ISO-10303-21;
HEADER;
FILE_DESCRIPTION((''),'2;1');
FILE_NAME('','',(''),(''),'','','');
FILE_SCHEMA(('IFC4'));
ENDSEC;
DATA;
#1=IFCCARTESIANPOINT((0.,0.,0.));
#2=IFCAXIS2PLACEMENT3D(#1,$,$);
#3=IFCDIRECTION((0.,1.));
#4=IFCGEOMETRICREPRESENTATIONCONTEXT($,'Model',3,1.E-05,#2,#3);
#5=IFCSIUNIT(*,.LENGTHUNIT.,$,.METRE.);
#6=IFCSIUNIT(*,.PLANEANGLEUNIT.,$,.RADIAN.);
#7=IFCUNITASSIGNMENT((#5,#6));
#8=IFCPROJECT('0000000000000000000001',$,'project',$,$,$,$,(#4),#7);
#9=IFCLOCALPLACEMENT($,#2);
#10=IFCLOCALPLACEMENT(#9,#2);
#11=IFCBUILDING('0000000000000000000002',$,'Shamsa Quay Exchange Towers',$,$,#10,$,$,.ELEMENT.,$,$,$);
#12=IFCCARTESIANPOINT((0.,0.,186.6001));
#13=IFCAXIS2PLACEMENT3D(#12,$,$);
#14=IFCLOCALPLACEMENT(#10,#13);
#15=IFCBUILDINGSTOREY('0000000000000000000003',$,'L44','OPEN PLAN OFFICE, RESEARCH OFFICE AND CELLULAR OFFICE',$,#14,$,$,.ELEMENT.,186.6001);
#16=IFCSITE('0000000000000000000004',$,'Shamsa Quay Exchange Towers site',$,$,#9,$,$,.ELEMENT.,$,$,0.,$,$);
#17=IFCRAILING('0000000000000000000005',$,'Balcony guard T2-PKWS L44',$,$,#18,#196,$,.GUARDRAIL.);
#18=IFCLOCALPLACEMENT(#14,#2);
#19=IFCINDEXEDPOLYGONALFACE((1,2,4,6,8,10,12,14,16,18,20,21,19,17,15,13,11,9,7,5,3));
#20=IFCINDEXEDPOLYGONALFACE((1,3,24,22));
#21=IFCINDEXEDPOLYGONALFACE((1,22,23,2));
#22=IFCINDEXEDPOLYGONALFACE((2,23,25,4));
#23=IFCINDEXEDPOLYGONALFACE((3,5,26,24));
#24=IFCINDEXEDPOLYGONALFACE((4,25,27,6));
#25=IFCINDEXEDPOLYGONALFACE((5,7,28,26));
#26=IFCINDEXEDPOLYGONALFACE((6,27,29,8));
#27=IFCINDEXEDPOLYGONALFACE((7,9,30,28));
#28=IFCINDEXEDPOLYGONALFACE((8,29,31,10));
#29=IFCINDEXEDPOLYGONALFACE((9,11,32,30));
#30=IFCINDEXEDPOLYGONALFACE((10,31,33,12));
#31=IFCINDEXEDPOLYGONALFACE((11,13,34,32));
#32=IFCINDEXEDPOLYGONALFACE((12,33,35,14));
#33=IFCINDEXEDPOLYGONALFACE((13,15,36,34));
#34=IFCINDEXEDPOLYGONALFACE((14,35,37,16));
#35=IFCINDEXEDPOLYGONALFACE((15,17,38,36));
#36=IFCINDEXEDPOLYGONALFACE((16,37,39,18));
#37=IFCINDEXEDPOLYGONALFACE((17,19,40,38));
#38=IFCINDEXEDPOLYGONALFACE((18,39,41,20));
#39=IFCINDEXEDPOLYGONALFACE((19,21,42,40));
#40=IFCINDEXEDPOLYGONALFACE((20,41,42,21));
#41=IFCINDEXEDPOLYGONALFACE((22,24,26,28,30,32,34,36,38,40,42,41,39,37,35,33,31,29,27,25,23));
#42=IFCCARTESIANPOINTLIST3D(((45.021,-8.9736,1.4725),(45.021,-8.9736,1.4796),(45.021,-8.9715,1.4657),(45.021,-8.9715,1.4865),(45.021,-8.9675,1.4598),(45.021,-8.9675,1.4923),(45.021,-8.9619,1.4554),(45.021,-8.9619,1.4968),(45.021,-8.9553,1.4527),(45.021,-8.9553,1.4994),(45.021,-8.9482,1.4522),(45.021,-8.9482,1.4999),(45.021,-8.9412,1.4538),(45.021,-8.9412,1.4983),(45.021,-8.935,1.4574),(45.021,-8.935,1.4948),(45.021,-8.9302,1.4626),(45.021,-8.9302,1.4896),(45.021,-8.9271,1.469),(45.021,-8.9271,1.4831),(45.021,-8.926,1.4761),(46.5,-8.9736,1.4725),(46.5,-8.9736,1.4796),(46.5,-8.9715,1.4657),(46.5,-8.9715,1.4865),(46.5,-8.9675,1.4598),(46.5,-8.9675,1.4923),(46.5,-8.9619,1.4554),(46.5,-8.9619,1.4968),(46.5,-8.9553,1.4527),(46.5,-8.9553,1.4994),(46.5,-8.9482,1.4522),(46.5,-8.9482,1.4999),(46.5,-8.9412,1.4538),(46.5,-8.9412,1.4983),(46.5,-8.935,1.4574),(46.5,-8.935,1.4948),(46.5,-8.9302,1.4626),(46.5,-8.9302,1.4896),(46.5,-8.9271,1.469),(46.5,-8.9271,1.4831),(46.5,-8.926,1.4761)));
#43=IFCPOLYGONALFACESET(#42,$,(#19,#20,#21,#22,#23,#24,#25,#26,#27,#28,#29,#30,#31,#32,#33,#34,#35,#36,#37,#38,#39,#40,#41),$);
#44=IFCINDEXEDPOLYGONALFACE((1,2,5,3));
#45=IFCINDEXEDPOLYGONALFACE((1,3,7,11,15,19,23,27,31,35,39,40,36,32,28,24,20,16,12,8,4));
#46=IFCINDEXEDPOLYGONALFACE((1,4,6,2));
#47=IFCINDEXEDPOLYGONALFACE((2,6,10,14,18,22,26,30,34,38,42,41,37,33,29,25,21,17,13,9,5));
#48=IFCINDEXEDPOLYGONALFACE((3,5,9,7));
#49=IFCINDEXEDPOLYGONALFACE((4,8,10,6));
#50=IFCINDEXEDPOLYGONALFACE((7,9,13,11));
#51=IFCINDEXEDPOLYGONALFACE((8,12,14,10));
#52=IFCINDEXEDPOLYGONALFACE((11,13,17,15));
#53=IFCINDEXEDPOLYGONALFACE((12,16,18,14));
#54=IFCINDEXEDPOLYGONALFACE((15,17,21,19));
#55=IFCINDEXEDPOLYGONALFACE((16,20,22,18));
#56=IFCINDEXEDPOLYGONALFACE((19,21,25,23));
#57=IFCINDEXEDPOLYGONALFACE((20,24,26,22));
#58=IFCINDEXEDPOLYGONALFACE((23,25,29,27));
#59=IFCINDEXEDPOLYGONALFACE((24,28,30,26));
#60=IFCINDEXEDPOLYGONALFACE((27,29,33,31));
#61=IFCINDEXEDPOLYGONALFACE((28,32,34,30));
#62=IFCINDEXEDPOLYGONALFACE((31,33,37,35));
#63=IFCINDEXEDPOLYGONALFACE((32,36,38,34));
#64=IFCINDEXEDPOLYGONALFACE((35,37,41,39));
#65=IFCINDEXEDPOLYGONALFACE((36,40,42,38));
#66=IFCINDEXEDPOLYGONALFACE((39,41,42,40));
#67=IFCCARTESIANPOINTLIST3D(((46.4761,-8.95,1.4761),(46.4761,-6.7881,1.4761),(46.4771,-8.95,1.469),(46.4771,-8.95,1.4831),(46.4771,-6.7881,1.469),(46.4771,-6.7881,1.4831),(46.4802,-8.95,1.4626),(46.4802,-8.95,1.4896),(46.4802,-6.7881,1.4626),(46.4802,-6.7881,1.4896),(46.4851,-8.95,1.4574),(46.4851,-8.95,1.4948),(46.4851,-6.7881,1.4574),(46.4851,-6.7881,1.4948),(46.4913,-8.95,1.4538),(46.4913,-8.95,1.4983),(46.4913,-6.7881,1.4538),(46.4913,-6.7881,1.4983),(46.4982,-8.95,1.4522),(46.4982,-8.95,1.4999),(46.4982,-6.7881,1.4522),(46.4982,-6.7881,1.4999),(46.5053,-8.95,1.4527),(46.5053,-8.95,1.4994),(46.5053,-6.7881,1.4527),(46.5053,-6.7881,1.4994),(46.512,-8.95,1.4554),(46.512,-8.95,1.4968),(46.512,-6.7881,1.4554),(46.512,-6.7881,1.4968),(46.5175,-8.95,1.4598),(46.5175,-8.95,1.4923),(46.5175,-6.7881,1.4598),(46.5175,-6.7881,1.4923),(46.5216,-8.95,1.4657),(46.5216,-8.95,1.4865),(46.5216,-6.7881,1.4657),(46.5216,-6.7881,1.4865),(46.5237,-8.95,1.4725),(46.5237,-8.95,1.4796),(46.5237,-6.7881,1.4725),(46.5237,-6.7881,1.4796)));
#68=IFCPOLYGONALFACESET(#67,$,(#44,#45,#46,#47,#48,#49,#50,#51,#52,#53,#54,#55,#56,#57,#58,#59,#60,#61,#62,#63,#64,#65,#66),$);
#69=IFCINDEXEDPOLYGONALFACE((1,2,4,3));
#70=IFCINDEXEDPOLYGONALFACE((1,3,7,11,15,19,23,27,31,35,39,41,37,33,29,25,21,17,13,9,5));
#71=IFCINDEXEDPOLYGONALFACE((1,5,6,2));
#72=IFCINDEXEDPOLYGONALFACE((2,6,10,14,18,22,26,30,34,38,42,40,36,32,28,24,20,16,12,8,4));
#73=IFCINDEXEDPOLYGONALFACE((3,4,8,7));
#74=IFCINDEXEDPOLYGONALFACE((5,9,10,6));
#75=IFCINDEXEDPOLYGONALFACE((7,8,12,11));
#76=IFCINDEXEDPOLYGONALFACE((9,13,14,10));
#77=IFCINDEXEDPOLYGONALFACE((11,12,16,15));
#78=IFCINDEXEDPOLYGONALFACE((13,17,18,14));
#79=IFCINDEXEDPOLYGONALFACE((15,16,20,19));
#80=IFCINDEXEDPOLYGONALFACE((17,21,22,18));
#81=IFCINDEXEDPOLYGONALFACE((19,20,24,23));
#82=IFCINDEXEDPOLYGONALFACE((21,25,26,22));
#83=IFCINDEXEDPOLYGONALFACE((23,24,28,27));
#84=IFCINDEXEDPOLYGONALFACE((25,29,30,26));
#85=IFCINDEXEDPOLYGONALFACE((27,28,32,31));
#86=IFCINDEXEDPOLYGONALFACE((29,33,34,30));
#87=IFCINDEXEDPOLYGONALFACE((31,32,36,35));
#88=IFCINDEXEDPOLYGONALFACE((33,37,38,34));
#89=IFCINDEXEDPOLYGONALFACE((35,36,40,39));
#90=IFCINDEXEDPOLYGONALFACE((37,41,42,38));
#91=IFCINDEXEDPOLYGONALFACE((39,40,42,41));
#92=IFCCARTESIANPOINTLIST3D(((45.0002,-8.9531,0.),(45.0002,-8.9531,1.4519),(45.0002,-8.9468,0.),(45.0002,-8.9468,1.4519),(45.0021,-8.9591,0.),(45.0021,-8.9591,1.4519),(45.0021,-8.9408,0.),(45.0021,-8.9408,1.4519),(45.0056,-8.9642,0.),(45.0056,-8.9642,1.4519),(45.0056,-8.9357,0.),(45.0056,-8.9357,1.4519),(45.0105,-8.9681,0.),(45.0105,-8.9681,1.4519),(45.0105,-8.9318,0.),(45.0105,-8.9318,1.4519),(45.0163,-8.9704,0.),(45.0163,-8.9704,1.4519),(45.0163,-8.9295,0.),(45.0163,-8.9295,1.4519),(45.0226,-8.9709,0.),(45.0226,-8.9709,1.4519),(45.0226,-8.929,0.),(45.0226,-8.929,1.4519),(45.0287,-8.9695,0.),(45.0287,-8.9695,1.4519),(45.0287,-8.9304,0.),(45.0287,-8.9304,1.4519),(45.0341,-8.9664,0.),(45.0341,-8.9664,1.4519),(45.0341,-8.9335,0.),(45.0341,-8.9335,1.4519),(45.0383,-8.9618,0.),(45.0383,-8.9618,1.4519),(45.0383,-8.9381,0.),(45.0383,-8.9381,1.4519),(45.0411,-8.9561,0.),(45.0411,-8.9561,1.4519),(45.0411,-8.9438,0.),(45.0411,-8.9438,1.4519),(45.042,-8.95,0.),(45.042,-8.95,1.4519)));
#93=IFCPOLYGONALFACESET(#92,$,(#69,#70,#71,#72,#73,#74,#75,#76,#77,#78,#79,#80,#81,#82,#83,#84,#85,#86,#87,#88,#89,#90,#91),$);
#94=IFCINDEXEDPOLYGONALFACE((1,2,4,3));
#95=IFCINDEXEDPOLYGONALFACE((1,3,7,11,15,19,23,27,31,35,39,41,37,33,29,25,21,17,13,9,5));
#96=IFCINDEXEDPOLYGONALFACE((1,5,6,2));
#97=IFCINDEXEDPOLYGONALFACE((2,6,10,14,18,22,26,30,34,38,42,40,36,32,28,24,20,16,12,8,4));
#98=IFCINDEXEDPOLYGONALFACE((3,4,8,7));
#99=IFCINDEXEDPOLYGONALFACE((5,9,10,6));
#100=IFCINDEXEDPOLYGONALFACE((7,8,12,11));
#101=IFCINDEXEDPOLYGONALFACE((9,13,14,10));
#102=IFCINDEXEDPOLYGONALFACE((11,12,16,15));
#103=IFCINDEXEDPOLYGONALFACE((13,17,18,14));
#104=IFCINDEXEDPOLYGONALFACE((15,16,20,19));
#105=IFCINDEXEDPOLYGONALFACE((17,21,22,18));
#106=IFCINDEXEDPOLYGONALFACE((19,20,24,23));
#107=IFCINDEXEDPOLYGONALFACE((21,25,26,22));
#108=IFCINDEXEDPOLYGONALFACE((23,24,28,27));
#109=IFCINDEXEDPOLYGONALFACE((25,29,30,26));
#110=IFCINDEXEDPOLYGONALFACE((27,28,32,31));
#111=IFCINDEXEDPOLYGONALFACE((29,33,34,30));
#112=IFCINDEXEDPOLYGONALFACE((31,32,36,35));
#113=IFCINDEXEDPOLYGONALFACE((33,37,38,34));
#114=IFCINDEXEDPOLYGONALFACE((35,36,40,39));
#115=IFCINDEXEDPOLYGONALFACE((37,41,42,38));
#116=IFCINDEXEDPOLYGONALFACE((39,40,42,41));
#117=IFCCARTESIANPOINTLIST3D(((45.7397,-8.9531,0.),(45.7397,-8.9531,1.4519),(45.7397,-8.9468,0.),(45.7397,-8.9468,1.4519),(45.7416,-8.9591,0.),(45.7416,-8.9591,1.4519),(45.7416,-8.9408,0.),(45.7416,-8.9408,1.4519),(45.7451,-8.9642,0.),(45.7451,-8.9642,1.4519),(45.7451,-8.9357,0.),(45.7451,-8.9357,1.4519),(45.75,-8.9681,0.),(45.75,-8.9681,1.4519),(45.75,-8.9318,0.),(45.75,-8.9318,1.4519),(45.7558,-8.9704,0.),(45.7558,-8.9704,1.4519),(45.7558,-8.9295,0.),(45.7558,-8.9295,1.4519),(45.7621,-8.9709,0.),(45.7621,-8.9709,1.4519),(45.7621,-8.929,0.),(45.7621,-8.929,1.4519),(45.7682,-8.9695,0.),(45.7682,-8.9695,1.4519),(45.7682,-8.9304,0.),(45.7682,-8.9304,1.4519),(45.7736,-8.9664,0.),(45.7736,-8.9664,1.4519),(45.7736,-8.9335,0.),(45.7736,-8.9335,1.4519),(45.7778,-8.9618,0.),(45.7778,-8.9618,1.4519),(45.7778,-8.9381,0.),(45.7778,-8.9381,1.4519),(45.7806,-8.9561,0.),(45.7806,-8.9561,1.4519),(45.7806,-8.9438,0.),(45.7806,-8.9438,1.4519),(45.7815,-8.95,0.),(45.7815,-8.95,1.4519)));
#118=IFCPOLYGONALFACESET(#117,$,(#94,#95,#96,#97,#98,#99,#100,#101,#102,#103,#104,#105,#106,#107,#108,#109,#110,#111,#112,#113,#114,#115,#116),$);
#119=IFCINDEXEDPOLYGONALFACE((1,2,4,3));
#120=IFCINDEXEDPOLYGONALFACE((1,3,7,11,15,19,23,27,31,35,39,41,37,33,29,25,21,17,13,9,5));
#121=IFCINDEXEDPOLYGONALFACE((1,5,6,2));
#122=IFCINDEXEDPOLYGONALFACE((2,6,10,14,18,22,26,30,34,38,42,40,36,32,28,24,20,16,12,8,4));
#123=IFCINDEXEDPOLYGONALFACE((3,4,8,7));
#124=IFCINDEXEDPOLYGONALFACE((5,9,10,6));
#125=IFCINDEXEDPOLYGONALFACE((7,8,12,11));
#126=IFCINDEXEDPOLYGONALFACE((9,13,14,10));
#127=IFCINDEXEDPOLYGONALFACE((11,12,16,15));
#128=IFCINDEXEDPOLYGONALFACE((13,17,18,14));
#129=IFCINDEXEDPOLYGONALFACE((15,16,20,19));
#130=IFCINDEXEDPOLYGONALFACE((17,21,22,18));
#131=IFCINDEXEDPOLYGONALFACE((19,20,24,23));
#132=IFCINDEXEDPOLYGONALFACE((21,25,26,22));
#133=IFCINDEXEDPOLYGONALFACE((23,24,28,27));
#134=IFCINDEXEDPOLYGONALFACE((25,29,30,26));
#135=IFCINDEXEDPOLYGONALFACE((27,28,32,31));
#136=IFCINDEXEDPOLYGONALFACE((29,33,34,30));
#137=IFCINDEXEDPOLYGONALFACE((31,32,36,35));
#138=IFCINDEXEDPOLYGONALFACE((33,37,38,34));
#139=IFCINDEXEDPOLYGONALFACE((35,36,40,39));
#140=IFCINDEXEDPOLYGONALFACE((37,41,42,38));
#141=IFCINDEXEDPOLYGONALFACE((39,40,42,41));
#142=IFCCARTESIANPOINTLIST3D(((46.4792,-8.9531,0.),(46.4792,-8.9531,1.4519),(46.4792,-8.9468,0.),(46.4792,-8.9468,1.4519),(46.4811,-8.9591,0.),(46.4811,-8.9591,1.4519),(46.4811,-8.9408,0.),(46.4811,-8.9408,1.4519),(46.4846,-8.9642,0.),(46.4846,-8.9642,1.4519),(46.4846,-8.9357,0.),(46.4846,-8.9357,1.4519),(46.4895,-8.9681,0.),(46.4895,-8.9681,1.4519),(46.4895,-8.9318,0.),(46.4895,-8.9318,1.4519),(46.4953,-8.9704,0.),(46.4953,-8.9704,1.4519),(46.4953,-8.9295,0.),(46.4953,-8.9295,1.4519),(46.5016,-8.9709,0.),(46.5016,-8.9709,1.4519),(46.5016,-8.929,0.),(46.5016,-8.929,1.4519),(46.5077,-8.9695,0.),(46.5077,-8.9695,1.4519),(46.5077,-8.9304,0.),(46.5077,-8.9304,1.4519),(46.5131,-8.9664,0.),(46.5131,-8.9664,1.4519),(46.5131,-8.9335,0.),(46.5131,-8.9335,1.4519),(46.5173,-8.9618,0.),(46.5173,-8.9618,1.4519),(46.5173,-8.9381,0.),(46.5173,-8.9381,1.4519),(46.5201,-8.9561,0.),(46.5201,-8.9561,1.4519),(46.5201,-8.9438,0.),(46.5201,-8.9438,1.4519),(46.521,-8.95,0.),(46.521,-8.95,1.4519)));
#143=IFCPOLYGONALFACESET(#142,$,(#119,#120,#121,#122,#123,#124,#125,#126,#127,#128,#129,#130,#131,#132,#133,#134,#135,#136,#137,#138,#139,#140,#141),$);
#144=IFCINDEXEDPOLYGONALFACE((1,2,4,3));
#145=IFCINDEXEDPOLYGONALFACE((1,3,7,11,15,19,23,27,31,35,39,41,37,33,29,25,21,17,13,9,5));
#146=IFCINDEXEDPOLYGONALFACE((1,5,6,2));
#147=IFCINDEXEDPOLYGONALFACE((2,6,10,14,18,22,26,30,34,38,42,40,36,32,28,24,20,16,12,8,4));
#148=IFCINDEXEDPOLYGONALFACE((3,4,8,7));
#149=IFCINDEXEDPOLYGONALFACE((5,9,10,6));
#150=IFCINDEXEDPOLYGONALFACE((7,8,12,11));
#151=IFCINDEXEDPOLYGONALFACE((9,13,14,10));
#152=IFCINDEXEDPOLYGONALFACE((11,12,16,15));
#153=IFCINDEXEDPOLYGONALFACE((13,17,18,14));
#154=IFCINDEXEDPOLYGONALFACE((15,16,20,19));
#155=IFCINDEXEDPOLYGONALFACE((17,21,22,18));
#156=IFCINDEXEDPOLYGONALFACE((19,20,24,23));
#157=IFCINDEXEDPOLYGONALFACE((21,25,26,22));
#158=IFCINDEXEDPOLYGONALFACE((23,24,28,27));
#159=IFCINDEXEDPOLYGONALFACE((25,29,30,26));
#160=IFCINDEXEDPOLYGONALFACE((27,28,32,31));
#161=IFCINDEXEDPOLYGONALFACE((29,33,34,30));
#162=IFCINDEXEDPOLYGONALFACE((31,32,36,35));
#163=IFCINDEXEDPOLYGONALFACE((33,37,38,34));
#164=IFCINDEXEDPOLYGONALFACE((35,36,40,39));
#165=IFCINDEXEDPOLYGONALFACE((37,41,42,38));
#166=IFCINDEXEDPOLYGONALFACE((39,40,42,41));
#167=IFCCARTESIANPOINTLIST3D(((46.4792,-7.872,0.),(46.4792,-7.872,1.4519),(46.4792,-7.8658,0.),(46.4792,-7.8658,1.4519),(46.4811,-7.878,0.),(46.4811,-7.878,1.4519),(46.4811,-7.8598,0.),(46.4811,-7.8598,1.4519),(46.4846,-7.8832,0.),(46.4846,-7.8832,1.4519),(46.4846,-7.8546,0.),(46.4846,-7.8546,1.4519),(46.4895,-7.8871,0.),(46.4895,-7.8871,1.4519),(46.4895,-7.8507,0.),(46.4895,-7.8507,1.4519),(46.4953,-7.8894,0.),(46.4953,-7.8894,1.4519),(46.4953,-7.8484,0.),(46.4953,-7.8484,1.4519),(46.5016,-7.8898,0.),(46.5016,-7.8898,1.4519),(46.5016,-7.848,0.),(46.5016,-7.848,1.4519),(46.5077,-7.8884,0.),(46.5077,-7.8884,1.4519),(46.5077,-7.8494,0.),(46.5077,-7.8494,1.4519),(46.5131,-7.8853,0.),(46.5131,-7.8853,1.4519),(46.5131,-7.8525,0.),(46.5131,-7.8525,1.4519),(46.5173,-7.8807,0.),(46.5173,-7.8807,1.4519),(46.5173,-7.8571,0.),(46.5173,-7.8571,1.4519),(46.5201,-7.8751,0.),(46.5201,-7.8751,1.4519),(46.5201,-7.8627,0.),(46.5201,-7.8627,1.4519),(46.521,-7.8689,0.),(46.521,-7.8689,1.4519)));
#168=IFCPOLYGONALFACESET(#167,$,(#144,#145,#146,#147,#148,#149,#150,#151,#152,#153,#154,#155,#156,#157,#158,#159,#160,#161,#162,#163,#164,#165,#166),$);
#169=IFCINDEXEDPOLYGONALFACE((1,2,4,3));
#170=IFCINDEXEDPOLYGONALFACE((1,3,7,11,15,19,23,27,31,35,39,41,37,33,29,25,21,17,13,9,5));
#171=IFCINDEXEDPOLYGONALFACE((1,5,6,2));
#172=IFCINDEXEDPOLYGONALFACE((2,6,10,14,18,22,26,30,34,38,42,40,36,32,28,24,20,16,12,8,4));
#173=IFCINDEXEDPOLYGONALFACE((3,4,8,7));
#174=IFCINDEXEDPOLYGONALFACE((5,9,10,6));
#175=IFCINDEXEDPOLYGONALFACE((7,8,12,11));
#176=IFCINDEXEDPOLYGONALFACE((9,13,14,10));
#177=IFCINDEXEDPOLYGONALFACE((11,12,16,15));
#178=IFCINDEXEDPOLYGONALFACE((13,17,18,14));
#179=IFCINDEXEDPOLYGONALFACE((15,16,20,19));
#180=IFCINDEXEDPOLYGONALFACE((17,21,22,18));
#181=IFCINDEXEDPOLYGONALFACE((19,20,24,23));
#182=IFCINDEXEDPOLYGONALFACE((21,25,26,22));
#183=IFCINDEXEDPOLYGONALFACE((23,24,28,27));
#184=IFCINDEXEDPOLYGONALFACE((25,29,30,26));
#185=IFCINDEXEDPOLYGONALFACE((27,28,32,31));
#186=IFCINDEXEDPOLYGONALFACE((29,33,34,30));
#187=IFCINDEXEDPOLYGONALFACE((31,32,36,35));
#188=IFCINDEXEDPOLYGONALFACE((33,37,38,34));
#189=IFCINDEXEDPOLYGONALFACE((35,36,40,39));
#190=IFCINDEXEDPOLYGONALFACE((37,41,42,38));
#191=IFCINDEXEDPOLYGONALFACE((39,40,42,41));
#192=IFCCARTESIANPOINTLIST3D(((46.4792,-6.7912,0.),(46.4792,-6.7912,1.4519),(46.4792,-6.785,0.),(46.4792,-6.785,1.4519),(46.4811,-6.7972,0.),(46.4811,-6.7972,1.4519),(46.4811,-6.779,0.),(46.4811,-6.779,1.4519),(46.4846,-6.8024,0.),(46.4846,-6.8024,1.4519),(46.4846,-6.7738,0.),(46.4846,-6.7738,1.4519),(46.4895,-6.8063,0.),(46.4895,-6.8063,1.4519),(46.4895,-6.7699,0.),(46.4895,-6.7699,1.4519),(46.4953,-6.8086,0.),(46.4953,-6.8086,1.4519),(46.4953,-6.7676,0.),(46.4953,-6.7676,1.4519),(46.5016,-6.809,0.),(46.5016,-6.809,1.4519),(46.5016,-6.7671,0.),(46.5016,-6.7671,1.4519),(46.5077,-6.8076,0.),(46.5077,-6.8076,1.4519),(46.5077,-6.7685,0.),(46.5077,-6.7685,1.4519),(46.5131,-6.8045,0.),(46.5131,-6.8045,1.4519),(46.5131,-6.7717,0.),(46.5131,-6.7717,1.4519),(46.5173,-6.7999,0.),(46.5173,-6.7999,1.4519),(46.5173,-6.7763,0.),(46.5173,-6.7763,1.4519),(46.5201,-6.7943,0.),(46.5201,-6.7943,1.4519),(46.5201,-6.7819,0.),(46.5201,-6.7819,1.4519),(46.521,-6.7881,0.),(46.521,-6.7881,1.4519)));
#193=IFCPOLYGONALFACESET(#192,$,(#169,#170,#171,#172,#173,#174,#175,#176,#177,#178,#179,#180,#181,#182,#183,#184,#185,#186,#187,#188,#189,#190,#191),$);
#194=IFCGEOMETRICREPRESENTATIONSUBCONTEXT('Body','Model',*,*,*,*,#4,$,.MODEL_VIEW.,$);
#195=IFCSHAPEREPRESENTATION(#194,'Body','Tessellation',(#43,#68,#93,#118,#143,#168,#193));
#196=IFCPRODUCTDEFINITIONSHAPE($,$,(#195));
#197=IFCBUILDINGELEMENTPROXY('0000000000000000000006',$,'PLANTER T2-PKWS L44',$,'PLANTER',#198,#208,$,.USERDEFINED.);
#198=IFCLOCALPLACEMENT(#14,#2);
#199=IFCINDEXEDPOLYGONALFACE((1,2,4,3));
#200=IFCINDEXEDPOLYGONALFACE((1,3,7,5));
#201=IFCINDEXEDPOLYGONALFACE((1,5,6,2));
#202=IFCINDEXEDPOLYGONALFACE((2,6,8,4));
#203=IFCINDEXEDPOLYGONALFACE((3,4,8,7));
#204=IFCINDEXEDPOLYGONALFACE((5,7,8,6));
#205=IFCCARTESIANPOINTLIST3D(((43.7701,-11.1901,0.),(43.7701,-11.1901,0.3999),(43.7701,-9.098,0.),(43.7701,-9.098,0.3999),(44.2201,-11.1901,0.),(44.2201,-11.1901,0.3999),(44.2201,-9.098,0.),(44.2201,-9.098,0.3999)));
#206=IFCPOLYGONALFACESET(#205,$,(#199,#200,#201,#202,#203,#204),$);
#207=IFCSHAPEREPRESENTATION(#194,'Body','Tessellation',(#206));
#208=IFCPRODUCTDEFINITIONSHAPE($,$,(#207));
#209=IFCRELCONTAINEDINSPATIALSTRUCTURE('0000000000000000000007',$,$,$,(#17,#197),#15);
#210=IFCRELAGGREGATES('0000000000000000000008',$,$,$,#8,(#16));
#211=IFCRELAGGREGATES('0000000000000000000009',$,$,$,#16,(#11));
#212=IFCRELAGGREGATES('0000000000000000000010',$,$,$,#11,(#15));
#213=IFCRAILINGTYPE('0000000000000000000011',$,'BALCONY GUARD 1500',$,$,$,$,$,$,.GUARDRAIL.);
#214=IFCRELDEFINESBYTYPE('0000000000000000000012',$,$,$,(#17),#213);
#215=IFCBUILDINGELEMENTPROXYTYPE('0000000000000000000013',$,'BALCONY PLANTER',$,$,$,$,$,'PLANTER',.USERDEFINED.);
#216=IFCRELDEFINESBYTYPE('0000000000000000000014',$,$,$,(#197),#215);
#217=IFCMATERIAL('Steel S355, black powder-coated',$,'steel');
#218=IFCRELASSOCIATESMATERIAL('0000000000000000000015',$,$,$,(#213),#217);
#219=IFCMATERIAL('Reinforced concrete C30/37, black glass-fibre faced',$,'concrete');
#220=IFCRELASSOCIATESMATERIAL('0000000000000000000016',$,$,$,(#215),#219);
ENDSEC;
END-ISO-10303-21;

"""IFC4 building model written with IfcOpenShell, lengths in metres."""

from ifc_helpers import new_model, si_unit, direction, frame, origin, origin_2d, place, context, subcontext, project, spatial, rectangle, circle, extrude, material, type_object, element, save


model = new_model("IFC4")

# Units and contexts
model_context = context("Model", 3, precision=1e-05, world=origin(), true_north=direction((0.0, 1.0)))
body_context = subcontext(model_context, "Body", "Model", "MODEL_VIEW")
ifc_project = project(units=[si_unit("LENGTHUNIT", "METRE"), si_unit("PLANEANGLEUNIT", "RADIAN")], contexts=[model_context])

# Site, building, storey
site_placement = place(None, origin())
site = spatial("IfcSite", under=ifc_project, at=site_placement, Name="Shamsa Quay Exchange Towers site", CompositionType="ELEMENT", RefElevation=0.0)
building_placement = place(site_placement, origin())
building = spatial("IfcBuilding", under=site, at=building_placement, Name="Shamsa Quay Exchange Towers", CompositionType="ELEMENT")
storey_placement = place(building_placement, frame((0.0, 0.0, 186.6001)))
storey = spatial("IfcBuildingStorey", under=building, at=storey_placement, Name="L44", Description="OPEN PLAN OFFICE, RESEARCH OFFICE AND CELLULAR OFFICE", CompositionType="ELEMENT", Elevation=186.6001)

# Railing
ifc_material_1 = material(Name="Steel S355, black powder-coated", Category="steel")
railing_type = type_object("IfcRailingType", Name="BALCONY GUARD 1500", PredefinedType="GUARDRAIL", material=ifc_material_1)
for number, where, name in (
    (1, (45.021, -8.95, 0.0), "Balcony guard T2-PKWS L44"),
):
    element("IfcRailing", number, at=place(storey_placement, frame(where)), inside=storey, type_object=railing_type, Name=name, PredefinedType="GUARDRAIL", context=body_context, shape_type="SweptSolid", body=[
        extrude(circle(Radius=0.0239, at=origin_2d()), frame((0.0, 0.0, 1.4761), z_axis=(1.0, 0.0, 0.0), x_axis=(0.0, 1.0, 0.0)), (0.0, 0.0, 1.0), 1.479),
        extrude(circle(Radius=0.0239, at=origin_2d()), frame((1.479, 0.0, 1.4761), z_axis=(0.0, 1.0, 0.0), x_axis=(-1.0, 0.0, 0.0)), (0.0, 0.0, 1.0), 2.1619),
        extrude(circle(Radius=0.021, at=origin_2d()), origin(), (0.0, 0.0, 1.0), 1.4519),
        extrude(circle(Radius=0.021, at=origin_2d()), frame((0.7395, 0.0, 0.0)), (0.0, 0.0, 1.0), 1.4519),
        extrude(circle(Radius=0.021, at=origin_2d()), frame((1.479, 0.0, 0.0)), (0.0, 0.0, 1.0), 1.4519),
        extrude(circle(Radius=0.021, at=origin_2d()), frame((1.479, 1.0811, 0.0)), (0.0, 0.0, 1.0), 1.4519),
        extrude(circle(Radius=0.021, at=origin_2d()), frame((1.479, 2.1619, 0.0)), (0.0, 0.0, 1.0), 1.4519),
    ])

# Building element proxy
ifc_material_2 = material(Name="Reinforced concrete C30/37, black glass-fibre faced", Category="concrete")
building_element_proxy_type = type_object("IfcBuildingElementProxyType", Name="BALCONY PLANTER", ElementType="PLANTER", PredefinedType="USERDEFINED", material=ifc_material_2)
proxy_placement = place(storey_placement, frame((43.9951, -10.144, 0.0), z_axis=(0.0, 0.0, 1.0), x_axis=(0.0, 1.0, 0.0)))
element("IfcBuildingElementProxy", 2, at=proxy_placement, inside=storey, type_object=building_element_proxy_type, Name="PLANTER T2-PKWS L44", ObjectType="PLANTER", PredefinedType="USERDEFINED", context=body_context, shape_type="SweptSolid", body=[
    extrude(rectangle(XDim=2.092, YDim=0.45, at=origin_2d()), origin(), (0.0, 0.0, 1.0), 0.3999),
])

save(model, "model.ifc")
